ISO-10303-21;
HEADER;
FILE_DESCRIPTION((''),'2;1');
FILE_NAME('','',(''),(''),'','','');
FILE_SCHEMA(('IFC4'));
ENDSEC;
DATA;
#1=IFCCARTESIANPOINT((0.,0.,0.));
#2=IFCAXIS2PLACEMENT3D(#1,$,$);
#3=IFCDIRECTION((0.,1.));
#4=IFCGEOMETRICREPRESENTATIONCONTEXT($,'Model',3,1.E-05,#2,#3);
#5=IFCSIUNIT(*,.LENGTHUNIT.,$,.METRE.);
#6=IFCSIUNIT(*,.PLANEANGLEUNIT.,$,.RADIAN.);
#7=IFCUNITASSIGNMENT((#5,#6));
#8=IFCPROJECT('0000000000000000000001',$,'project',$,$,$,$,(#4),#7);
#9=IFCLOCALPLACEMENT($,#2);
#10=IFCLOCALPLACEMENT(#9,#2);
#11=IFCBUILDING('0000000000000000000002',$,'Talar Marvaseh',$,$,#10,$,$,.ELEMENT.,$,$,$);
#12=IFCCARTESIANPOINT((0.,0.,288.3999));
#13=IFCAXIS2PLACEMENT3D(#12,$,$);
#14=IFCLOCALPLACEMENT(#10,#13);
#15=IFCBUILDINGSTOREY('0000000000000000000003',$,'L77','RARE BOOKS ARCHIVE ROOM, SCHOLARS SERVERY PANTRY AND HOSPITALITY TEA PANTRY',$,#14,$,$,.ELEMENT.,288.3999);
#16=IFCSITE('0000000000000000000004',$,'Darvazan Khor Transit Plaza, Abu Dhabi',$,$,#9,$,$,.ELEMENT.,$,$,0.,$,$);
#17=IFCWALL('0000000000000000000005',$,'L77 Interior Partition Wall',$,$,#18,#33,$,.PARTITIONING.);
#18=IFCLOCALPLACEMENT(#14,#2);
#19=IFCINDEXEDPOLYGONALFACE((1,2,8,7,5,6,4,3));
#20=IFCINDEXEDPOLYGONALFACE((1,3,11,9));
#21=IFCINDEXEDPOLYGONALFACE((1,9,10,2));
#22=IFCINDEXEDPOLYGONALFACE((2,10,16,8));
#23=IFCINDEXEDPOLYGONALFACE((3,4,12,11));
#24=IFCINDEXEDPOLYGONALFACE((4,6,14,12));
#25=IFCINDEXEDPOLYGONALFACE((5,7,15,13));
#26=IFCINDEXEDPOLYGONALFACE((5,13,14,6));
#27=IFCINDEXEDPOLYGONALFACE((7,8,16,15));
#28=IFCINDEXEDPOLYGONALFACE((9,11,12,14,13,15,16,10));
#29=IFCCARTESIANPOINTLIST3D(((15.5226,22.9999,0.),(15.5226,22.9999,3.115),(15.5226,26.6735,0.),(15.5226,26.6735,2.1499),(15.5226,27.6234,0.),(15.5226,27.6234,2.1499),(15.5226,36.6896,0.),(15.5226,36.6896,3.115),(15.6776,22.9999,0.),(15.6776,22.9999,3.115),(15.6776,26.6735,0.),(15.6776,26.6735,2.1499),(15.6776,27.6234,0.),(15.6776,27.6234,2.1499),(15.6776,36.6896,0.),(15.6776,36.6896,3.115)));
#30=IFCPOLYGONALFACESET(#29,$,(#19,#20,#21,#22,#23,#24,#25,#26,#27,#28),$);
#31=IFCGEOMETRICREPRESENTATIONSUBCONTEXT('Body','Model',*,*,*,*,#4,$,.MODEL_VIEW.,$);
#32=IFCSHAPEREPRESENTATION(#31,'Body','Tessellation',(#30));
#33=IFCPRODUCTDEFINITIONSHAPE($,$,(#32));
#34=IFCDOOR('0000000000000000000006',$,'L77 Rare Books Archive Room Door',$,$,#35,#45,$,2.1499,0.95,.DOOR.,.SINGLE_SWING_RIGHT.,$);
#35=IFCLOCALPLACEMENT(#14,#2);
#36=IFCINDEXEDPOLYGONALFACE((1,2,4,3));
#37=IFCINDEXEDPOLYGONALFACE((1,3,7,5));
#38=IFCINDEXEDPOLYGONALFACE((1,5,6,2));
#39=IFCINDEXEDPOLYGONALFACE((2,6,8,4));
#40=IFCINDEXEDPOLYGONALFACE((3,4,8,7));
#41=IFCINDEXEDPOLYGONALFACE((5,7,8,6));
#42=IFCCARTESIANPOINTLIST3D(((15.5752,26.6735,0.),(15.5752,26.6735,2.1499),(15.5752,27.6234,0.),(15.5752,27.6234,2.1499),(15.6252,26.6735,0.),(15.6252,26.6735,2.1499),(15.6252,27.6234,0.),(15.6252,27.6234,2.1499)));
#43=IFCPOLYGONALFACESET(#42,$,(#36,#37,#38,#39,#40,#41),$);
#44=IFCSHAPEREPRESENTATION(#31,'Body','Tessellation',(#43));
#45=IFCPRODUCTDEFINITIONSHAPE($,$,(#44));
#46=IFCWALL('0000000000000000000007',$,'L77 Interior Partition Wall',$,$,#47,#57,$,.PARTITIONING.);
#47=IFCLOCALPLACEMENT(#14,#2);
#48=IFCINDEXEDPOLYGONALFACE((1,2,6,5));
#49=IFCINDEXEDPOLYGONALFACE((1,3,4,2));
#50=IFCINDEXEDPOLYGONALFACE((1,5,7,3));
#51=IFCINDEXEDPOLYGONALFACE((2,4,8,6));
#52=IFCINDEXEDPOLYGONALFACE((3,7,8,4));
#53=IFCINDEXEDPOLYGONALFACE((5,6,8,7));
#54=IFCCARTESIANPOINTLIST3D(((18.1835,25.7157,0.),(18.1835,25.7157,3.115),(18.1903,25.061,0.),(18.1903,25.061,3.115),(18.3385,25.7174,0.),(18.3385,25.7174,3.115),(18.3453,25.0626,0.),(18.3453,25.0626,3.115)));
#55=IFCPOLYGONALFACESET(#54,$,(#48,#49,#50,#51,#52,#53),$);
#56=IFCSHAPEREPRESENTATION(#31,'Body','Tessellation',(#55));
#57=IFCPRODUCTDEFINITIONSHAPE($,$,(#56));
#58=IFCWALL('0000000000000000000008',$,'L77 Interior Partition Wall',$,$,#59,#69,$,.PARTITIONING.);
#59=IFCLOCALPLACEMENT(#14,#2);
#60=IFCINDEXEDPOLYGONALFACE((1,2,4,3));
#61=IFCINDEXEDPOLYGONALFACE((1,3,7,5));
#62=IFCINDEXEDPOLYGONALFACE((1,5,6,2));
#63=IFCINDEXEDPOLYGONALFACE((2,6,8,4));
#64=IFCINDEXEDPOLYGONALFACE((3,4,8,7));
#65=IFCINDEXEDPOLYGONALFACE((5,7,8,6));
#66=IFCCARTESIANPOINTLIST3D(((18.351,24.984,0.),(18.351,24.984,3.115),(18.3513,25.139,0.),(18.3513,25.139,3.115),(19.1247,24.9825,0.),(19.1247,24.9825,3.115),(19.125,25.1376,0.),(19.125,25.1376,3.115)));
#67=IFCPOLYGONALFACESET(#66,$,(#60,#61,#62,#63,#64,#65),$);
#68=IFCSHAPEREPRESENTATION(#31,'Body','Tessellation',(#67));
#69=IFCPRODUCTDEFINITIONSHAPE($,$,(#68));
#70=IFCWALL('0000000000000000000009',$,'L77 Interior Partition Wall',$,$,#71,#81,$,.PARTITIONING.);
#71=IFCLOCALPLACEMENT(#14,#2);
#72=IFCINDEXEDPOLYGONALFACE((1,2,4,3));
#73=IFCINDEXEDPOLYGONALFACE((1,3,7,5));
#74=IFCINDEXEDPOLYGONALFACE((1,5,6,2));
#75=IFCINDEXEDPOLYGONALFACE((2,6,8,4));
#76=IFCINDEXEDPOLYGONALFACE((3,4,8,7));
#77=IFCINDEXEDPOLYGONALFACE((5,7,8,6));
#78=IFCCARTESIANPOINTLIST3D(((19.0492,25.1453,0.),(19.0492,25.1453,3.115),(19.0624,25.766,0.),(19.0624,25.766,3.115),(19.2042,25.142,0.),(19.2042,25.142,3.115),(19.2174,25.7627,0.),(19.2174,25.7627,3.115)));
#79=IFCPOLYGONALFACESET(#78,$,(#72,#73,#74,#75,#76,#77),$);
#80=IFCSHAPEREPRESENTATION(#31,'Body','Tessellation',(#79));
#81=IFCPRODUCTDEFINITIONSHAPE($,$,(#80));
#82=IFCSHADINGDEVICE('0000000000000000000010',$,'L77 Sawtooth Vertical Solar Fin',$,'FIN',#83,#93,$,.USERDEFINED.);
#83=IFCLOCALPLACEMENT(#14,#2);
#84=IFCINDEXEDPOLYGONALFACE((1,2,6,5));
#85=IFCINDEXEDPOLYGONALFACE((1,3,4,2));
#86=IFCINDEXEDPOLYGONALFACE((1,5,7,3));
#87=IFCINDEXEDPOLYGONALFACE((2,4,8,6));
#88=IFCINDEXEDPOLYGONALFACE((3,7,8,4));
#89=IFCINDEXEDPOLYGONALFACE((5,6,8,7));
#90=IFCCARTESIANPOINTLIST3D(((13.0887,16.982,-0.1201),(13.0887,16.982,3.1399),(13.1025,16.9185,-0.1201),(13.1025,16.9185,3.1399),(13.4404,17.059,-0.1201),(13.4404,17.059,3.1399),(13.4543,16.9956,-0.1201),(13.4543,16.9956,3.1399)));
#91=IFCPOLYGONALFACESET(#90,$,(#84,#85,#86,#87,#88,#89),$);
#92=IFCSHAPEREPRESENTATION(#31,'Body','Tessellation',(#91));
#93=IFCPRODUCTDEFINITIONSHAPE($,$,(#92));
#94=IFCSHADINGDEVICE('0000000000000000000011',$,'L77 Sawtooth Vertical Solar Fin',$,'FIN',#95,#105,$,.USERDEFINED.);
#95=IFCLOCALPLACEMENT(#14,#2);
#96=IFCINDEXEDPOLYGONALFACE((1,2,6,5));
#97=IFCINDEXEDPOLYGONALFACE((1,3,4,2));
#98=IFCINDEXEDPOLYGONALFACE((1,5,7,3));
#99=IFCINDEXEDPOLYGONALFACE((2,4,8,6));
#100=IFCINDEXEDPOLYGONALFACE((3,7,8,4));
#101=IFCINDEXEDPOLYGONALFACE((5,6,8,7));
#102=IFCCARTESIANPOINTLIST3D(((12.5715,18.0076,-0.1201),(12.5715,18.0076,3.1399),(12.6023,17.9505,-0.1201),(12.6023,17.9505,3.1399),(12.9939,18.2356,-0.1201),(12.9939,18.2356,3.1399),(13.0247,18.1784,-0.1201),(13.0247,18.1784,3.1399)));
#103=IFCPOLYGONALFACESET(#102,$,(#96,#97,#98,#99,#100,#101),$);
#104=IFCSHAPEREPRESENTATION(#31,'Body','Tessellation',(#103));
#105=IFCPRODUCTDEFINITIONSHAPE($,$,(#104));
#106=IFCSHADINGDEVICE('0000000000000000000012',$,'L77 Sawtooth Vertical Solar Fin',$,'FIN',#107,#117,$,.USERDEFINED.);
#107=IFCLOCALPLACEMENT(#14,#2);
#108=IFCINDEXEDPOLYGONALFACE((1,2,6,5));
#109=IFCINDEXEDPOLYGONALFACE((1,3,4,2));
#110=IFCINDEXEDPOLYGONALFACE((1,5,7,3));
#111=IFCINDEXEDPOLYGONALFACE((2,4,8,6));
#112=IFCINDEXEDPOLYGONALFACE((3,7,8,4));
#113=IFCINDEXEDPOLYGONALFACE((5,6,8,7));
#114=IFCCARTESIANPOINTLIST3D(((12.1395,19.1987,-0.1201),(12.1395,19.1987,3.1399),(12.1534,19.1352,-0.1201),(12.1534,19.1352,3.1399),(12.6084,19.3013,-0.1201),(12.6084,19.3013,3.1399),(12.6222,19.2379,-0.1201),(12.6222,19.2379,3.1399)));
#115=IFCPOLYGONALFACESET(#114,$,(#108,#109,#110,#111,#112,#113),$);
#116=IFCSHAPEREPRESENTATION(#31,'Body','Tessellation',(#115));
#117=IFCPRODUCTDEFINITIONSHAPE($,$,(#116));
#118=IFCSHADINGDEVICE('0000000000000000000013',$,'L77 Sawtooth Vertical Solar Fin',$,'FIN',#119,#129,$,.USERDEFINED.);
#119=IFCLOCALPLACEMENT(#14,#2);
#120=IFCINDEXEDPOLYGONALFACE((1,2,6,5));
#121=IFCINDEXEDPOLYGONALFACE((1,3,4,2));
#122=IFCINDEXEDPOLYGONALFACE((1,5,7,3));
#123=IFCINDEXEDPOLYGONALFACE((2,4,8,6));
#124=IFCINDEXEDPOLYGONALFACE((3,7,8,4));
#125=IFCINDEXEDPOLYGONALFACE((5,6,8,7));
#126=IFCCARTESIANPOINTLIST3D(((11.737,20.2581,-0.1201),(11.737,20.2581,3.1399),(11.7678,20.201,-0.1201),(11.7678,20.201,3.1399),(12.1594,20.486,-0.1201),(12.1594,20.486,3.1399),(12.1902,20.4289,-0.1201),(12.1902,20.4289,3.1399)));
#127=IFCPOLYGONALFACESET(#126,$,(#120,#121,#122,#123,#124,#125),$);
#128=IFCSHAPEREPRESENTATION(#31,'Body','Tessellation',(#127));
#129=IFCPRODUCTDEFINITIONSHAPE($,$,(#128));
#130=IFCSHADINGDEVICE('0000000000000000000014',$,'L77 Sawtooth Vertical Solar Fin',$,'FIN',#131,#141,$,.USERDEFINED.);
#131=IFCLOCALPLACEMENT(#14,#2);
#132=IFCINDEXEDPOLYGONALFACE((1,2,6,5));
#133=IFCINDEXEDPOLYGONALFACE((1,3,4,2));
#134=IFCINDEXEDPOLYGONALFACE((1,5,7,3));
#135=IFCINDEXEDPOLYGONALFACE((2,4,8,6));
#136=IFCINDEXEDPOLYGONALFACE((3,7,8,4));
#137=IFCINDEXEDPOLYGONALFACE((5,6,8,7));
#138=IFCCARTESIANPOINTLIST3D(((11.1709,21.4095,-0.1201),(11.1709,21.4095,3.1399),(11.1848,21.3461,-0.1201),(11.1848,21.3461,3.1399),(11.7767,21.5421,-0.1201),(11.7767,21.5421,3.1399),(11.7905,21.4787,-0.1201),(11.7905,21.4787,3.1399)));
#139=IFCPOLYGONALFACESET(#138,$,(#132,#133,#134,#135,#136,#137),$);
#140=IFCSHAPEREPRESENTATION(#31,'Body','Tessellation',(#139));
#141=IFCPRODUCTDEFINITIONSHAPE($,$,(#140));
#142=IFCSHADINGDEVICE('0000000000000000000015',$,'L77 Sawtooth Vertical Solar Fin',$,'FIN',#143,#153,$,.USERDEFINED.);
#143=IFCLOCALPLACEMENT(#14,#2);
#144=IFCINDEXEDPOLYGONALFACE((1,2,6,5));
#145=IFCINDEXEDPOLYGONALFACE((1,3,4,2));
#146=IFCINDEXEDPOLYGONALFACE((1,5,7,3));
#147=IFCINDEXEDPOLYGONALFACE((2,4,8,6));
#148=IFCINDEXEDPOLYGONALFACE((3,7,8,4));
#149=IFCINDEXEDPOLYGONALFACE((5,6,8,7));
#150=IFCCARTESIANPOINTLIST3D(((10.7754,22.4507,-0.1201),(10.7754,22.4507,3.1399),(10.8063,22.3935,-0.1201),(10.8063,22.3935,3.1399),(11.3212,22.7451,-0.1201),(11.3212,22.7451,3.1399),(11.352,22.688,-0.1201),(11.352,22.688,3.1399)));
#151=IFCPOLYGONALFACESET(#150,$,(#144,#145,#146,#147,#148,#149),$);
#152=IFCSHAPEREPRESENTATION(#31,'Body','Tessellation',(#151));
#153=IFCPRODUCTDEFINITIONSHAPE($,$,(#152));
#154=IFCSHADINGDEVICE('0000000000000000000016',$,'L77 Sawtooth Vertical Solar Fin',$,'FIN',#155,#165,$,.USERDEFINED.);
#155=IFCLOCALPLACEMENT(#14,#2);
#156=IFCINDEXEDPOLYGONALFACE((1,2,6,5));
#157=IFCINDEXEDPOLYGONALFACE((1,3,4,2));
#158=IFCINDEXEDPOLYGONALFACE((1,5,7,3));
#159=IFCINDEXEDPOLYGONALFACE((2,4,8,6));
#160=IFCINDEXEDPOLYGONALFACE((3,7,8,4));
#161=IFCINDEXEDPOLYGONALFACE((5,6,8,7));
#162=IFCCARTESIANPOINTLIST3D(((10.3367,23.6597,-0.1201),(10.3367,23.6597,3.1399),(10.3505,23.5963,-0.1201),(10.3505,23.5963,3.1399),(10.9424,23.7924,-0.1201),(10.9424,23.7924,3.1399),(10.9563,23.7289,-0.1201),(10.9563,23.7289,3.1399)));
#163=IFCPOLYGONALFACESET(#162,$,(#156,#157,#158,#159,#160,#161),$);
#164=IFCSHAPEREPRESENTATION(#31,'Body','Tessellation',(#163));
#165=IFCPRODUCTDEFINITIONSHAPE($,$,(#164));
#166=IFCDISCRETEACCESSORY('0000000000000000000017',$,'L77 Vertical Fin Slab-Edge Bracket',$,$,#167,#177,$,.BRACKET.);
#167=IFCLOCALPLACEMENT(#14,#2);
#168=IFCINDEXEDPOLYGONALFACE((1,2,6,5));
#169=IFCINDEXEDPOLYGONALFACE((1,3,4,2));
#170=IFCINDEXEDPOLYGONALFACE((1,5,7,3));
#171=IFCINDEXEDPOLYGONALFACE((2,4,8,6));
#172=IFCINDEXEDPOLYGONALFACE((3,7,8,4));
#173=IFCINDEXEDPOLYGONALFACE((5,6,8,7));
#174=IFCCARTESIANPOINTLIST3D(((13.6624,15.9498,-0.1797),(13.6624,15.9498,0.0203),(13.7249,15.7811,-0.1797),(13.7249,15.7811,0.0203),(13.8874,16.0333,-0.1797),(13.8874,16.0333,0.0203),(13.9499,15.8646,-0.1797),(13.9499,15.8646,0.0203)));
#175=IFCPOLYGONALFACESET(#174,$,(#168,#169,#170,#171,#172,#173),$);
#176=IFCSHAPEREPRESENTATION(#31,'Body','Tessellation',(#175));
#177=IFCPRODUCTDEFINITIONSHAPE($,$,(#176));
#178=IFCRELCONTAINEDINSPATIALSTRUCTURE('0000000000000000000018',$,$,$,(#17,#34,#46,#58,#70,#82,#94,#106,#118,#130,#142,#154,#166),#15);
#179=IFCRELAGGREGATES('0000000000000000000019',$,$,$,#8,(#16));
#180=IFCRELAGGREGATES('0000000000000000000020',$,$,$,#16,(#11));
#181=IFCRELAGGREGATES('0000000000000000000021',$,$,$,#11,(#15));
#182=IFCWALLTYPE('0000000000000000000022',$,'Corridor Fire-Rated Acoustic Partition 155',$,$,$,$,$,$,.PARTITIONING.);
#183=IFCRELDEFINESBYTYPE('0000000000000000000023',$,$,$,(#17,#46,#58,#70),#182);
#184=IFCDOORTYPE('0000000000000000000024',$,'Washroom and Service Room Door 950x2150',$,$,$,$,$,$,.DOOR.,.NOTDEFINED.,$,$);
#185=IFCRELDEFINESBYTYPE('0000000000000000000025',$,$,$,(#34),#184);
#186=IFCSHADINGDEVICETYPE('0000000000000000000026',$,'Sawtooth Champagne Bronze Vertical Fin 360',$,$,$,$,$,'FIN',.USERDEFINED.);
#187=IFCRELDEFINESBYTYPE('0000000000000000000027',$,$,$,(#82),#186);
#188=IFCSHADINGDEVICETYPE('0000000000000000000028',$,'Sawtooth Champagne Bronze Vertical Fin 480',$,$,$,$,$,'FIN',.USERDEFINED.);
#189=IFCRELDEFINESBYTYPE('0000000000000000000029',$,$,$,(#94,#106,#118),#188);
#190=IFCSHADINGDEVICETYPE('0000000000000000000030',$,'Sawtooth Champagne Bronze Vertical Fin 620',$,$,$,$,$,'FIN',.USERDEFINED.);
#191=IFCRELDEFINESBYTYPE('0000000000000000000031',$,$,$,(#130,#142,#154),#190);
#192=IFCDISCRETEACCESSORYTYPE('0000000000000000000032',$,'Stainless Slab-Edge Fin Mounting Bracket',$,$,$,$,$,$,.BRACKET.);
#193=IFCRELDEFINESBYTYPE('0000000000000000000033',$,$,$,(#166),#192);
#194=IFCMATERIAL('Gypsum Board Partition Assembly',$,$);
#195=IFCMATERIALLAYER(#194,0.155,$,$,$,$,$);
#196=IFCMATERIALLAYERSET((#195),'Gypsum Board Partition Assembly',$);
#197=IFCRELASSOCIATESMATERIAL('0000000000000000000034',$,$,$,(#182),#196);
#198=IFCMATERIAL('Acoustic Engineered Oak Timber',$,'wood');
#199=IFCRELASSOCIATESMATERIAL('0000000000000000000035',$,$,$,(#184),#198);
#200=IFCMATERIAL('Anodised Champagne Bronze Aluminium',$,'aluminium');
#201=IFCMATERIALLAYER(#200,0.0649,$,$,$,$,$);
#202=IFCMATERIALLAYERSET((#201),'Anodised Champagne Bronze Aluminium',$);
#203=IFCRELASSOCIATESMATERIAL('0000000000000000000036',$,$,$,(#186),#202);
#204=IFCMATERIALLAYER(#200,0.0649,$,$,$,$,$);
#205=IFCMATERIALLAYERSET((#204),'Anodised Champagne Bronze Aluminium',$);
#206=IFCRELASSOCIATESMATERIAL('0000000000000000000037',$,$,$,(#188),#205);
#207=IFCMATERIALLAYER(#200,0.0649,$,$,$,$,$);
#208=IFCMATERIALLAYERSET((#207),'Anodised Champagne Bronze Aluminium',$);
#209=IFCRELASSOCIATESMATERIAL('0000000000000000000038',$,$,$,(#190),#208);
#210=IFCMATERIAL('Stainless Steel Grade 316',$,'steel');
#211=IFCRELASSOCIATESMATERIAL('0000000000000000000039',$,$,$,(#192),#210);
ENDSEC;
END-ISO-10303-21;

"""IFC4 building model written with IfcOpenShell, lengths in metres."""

from ifc_helpers import new_model, si_unit, direction, frame, frame_2d, origin, origin_2d, place, context, subcontext, project, spatial, rectangle, extrude, source, transform, mapped, material, layer, layer_set, type_object, type_shapes, element, fill, save


model = new_model("IFC4")

# Units and contexts
model_context = context("Model", 3, precision=1e-05, world=origin(), true_north=direction((0.0, 1.0)))
body_context = subcontext(model_context, "Body", "Model", "MODEL_VIEW")
ifc_project = project(units=[si_unit("LENGTHUNIT", "METRE"), si_unit("PLANEANGLEUNIT", "RADIAN")], contexts=[model_context])

# Site, building, storey
site_placement = place(None, origin())
site = spatial("IfcSite", under=ifc_project, at=site_placement, Name="Darvazan Khor Transit Plaza, Abu Dhabi", CompositionType="ELEMENT", RefElevation=0.0)
building_placement = place(site_placement, origin())
building = spatial("IfcBuilding", under=site, at=building_placement, Name="Talar Marvaseh", CompositionType="ELEMENT")
storey_placement = place(building_placement, frame((0.0, 0.0, 288.3999)))
storey = spatial("IfcBuildingStorey", under=building, at=storey_placement, Name="L77", Description="RARE BOOKS ARCHIVE ROOM, SCHOLARS SERVERY PANTRY AND HOSPITALITY TEA PANTRY", CompositionType="ELEMENT", Elevation=288.3999)

# Wall, opening, door
ifc_material_1 = material(Name="Gypsum Board Partition Assembly")
ifc_layer_1 = layer(ifc_material_1, 0.155)
ifc_layer_set_1 = layer_set([ifc_layer_1], Name="Gypsum Board Partition Assembly")
wall_type_1 = type_object("IfcWallType", Name="Corridor Fire-Rated Acoustic Partition 155", PredefinedType="PARTITIONING", material=ifc_layer_set_1)
wall_1_placement = place(storey_placement, frame((15.6001, 23.0, 0.0), z_axis=(0.0, 0.0, 1.0), x_axis=(0.0, 1.0, 0.0)))
wall_1 = element("IfcWall", 1, at=wall_1_placement, inside=storey, type_object=wall_type_1, Name="L77 Interior Partition Wall", PredefinedType="PARTITIONING", context=body_context, shape_type="SweptSolid", body=[
    extrude(rectangle(XDim=13.6897, YDim=0.155, at=frame_2d((6.8447, 0.0))), origin(), (0.0, 0.0, 1.0), 3.115),
])
opening_placement = place(wall_1_placement, frame((3.6733, 0.0, 0.0)))
opening = element("IfcOpeningElement", 2, at=opening_placement, cuts=wall_1, PredefinedType="OPENING", context=body_context, shape_type="SweptSolid", body=[
    extrude(rectangle(XDim=0.95, YDim=2.1499, at=frame_2d((0.4751, 1.075))), frame((0.0, 0.0874, 0.0), z_axis=(0.0, -1.0, 0.0), x_axis=(1.0, 0.0, 0.0)), (0.0, 0.0, 1.0), 0.175),
])
ifc_material_2 = material(Name="Acoustic Engineered Oak Timber", Category="wood")
door_type = type_object("IfcDoorType", Name="Washroom and Service Room Door 950x2150", OperationType="NOTDEFINED", PredefinedType="DOOR", material=ifc_material_2)
shared_shape_1 = source(origin(), body_context, "Body", "SweptSolid", [
    extrude(rectangle(XDim=0.95, YDim=2.1499, at=frame_2d((0.4751, 1.075))), frame((0.0, 0.0249, 0.0), z_axis=(0.0, -1.0, 0.0), x_axis=(1.0, 0.0, 0.0)), (0.0, 0.0, 1.0), 0.05),
])
type_shapes(door_type, [shared_shape_1])
door_placement = place(opening_placement, origin())
door = element("IfcDoor", 3, at=door_placement, inside=storey, type_object=door_type, Name="L77 Rare Books Archive Room Door", OperationType="SINGLE_SWING_RIGHT", OverallHeight=2.1499, OverallWidth=0.95, PredefinedType="DOOR", context=body_context, shape_type="MappedRepresentation", body=[
    mapped(shared_shape_1, transform((0.0, 0.0, 0.0), x_axis=(1.0, 0.0, 0.0), y_axis=(0.0, 1.0, 0.0), z_axis=(0.0, 0.0, 1.0), scale=1.0)),
])
fill(opening, door)

# Walls
wall_2_placement = place(storey_placement, frame((18.261, 25.7166, 0.0), z_axis=(0.0, 0.0, 1.0), x_axis=(0.010439, -0.999946, 0.0)))
element("IfcWall", 4, at=wall_2_placement, inside=storey, type_object=wall_type_1, Name="L77 Interior Partition Wall", PredefinedType="PARTITIONING", context=body_context, shape_type="SweptSolid", body=[
    extrude(rectangle(XDim=0.6548, YDim=0.155, at=frame_2d((0.3274, 0.0))), origin(), (0.0, 0.0, 1.0), 3.115),
])
wall_3_placement = place(storey_placement, frame((18.3513, 25.0615, 0.0), z_axis=(0.0, 0.0, 1.0), x_axis=(0.999998, -0.001893, 0.0)))
element("IfcWall", 5, at=wall_3_placement, inside=storey, type_object=wall_type_1, Name="L77 Interior Partition Wall", PredefinedType="PARTITIONING", context=body_context, shape_type="SweptSolid", body=[
    extrude(rectangle(XDim=0.7737, YDim=0.155, at=frame_2d((0.3867, 0.0))), origin(), (0.0, 0.0, 1.0), 3.115),
])
wall_4_placement = place(storey_placement, frame((19.1267, 25.1436, 0.0), z_axis=(0.0, 0.0, 1.0), x_axis=(0.021238, 0.999774, 0.0)))
element("IfcWall", 6, at=wall_4_placement, inside=storey, type_object=wall_type_1, Name="L77 Interior Partition Wall", PredefinedType="PARTITIONING", context=body_context, shape_type="SweptSolid", body=[
    extrude(rectangle(XDim=0.6208, YDim=0.155, at=frame_2d((0.3105, 0.0))), origin(), (0.0, 0.0, 1.0), 3.115),
])

# Shading devices
ifc_material_3 = material(Name="Anodised Champagne Bronze Aluminium", Category="aluminium")
ifc_layer_2 = layer(ifc_material_3, 0.0649)
ifc_layer_set_2 = layer_set([ifc_layer_2], Name="Anodised Champagne Bronze Aluminium")
shading_device_type_1 = type_object("IfcShadingDeviceType", Name="Sawtooth Champagne Bronze Vertical Fin 360", ElementType="FIN", PredefinedType="USERDEFINED", material=ifc_layer_set_2)
shared_shape_2 = source(origin(), body_context, "Body", "SweptSolid", [
    extrude(rectangle(XDim=0.3601, YDim=0.0649, at=origin_2d()), origin(), (0.0, 0.0, 1.0), 3.26),
])
type_shapes(shading_device_type_1, [shared_shape_2])
shading_device_placement = place(storey_placement, frame((13.2715, 16.9888, -0.1201), z_axis=(0.0, 0.0, 1.0), x_axis=(-0.976859, -0.213883, 0.0)))
element("IfcShadingDevice", 7, at=shading_device_placement, inside=storey, type_object=shading_device_type_1, Name="L77 Sawtooth Vertical Solar Fin", ObjectType="FIN", PredefinedType="USERDEFINED", context=body_context, shape_type="MappedRepresentation", body=[
    mapped(shared_shape_2, transform((0.0, 0.0, 0.0), x_axis=(1.0, 0.0, 0.0), y_axis=(0.0, 1.0, 0.0), z_axis=(0.0, 0.0, 1.0), scale=1.0)),
])
ifc_layer_3 = layer(ifc_material_3, 0.0649)
ifc_layer_set_3 = layer_set([ifc_layer_3], Name="Anodised Champagne Bronze Aluminium")
shading_device_type_2 = type_object("IfcShadingDeviceType", Name="Sawtooth Champagne Bronze Vertical Fin 480", ElementType="FIN", PredefinedType="USERDEFINED", material=ifc_layer_set_3)
shared_shape_3 = source(origin(), body_context, "Body", "SweptSolid", [
    extrude(rectangle(XDim=0.48, YDim=0.0649, at=origin_2d()), origin(), (0.0, 0.0, 1.0), 3.26),
])
type_shapes(shading_device_type_2, [shared_shape_3])
for number, where, z_axis, x_axis, name in (
    (8, (12.7981, 18.093, -0.1201), (0.0, 0.0, 1.0), (-0.880063, -0.474856, 0.0), "L77 Sawtooth Vertical Solar Fin"),
    (9, (12.3809, 19.2183, -0.1201), (0.0, 0.0, 1.0), (-0.976859, -0.213883, 0.0), "L77 Sawtooth Vertical Solar Fin"),
    (10, (11.9636, 20.3435, -0.1201), (0.0, 0.0, 1.0), (-0.880063, -0.474856, 0.0), "L77 Sawtooth Vertical Solar Fin"),
):
    element("IfcShadingDevice", number, at=place(storey_placement, frame(where, z_axis=z_axis, x_axis=x_axis)), inside=storey, type_object=shading_device_type_2, Name=name, ObjectType="FIN", PredefinedType="USERDEFINED", context=body_context, shape_type="MappedRepresentation", body=[
        mapped(shared_shape_3, transform((0.0, 0.0, 0.0), x_axis=(1.0, 0.0, 0.0), y_axis=(0.0, 1.0, 0.0), z_axis=(0.0, 0.0, 1.0), scale=1.0)),
    ])
ifc_layer_4 = layer(ifc_material_3, 0.0649)
ifc_layer_set_4 = layer_set([ifc_layer_4], Name="Anodised Champagne Bronze Aluminium")
shading_device_type_3 = type_object("IfcShadingDeviceType", Name="Sawtooth Champagne Bronze Vertical Fin 620", ElementType="FIN", PredefinedType="USERDEFINED", material=ifc_layer_set_4)
shared_shape_4 = source(origin(), body_context, "Body", "SweptSolid", [
    extrude(rectangle(XDim=0.6201, YDim=0.0649, at=origin_2d()), origin(), (0.0, 0.0, 1.0), 3.26),
])
type_shapes(shading_device_type_3, [shared_shape_4])
for number, where, z_axis, x_axis, name in (
    (11, (11.4807, 21.4441, -0.1201), (0.0, 0.0, 1.0), (-0.976859, -0.213883, 0.0), "L77 Sawtooth Vertical Solar Fin"),
    (12, (11.0637, 22.5693, -0.1201), (0.0, 0.0, 1.0), (-0.880063, -0.474856, 0.0), "L77 Sawtooth Vertical Solar Fin"),
    (13, (10.6465, 23.6943, -0.1201), (0.0, 0.0, 1.0), (-0.976859, -0.213883, 0.0), "L77 Sawtooth Vertical Solar Fin"),
):
    element("IfcShadingDevice", number, at=place(storey_placement, frame(where, z_axis=z_axis, x_axis=x_axis)), inside=storey, type_object=shading_device_type_3, Name=name, ObjectType="FIN", PredefinedType="USERDEFINED", context=body_context, shape_type="MappedRepresentation", body=[
        mapped(shared_shape_4, transform((0.0, 0.0, 0.0), x_axis=(1.0, 0.0, 0.0), y_axis=(0.0, 1.0, 0.0), z_axis=(0.0, 0.0, 1.0), scale=1.0)),
    ])

# Discrete accessory
ifc_material_4 = material(Name="Stainless Steel Grade 316", Category="steel")
discrete_accessory_type = type_object("IfcDiscreteAccessoryType", Name="Stainless Slab-Edge Fin Mounting Bracket", PredefinedType="BRACKET", material=ifc_material_4)
shared_shape_5 = source(origin(), body_context, "Body", "SweptSolid", [
    extrude(rectangle(XDim=0.24, YDim=0.1799, at=origin_2d()), origin(), (0.0, 0.0, 1.0), 0.2),
])
type_shapes(discrete_accessory_type, [shared_shape_5])
for number, where, z_axis, x_axis, name in (
    (14, (13.8062, 15.9072, -0.1797), (0.0, 0.0, 1.0), (-0.937586, -0.347754, 0.0), "L77 Vertical Fin Slab-Edge Bracket"),
):
    element("IfcDiscreteAccessory", number, at=place(storey_placement, frame(where, z_axis=z_axis, x_axis=x_axis)), inside=storey, type_object=discrete_accessory_type, Name=name, PredefinedType="BRACKET", context=body_context, shape_type="MappedRepresentation", body=[
        mapped(shared_shape_5, transform((0.0, 0.0, 0.0), x_axis=(1.0, 0.0, 0.0), y_axis=(0.0, 1.0, 0.0), z_axis=(0.0, 0.0, 1.0), scale=1.0)),
    ])

save(model, "model.ifc")
